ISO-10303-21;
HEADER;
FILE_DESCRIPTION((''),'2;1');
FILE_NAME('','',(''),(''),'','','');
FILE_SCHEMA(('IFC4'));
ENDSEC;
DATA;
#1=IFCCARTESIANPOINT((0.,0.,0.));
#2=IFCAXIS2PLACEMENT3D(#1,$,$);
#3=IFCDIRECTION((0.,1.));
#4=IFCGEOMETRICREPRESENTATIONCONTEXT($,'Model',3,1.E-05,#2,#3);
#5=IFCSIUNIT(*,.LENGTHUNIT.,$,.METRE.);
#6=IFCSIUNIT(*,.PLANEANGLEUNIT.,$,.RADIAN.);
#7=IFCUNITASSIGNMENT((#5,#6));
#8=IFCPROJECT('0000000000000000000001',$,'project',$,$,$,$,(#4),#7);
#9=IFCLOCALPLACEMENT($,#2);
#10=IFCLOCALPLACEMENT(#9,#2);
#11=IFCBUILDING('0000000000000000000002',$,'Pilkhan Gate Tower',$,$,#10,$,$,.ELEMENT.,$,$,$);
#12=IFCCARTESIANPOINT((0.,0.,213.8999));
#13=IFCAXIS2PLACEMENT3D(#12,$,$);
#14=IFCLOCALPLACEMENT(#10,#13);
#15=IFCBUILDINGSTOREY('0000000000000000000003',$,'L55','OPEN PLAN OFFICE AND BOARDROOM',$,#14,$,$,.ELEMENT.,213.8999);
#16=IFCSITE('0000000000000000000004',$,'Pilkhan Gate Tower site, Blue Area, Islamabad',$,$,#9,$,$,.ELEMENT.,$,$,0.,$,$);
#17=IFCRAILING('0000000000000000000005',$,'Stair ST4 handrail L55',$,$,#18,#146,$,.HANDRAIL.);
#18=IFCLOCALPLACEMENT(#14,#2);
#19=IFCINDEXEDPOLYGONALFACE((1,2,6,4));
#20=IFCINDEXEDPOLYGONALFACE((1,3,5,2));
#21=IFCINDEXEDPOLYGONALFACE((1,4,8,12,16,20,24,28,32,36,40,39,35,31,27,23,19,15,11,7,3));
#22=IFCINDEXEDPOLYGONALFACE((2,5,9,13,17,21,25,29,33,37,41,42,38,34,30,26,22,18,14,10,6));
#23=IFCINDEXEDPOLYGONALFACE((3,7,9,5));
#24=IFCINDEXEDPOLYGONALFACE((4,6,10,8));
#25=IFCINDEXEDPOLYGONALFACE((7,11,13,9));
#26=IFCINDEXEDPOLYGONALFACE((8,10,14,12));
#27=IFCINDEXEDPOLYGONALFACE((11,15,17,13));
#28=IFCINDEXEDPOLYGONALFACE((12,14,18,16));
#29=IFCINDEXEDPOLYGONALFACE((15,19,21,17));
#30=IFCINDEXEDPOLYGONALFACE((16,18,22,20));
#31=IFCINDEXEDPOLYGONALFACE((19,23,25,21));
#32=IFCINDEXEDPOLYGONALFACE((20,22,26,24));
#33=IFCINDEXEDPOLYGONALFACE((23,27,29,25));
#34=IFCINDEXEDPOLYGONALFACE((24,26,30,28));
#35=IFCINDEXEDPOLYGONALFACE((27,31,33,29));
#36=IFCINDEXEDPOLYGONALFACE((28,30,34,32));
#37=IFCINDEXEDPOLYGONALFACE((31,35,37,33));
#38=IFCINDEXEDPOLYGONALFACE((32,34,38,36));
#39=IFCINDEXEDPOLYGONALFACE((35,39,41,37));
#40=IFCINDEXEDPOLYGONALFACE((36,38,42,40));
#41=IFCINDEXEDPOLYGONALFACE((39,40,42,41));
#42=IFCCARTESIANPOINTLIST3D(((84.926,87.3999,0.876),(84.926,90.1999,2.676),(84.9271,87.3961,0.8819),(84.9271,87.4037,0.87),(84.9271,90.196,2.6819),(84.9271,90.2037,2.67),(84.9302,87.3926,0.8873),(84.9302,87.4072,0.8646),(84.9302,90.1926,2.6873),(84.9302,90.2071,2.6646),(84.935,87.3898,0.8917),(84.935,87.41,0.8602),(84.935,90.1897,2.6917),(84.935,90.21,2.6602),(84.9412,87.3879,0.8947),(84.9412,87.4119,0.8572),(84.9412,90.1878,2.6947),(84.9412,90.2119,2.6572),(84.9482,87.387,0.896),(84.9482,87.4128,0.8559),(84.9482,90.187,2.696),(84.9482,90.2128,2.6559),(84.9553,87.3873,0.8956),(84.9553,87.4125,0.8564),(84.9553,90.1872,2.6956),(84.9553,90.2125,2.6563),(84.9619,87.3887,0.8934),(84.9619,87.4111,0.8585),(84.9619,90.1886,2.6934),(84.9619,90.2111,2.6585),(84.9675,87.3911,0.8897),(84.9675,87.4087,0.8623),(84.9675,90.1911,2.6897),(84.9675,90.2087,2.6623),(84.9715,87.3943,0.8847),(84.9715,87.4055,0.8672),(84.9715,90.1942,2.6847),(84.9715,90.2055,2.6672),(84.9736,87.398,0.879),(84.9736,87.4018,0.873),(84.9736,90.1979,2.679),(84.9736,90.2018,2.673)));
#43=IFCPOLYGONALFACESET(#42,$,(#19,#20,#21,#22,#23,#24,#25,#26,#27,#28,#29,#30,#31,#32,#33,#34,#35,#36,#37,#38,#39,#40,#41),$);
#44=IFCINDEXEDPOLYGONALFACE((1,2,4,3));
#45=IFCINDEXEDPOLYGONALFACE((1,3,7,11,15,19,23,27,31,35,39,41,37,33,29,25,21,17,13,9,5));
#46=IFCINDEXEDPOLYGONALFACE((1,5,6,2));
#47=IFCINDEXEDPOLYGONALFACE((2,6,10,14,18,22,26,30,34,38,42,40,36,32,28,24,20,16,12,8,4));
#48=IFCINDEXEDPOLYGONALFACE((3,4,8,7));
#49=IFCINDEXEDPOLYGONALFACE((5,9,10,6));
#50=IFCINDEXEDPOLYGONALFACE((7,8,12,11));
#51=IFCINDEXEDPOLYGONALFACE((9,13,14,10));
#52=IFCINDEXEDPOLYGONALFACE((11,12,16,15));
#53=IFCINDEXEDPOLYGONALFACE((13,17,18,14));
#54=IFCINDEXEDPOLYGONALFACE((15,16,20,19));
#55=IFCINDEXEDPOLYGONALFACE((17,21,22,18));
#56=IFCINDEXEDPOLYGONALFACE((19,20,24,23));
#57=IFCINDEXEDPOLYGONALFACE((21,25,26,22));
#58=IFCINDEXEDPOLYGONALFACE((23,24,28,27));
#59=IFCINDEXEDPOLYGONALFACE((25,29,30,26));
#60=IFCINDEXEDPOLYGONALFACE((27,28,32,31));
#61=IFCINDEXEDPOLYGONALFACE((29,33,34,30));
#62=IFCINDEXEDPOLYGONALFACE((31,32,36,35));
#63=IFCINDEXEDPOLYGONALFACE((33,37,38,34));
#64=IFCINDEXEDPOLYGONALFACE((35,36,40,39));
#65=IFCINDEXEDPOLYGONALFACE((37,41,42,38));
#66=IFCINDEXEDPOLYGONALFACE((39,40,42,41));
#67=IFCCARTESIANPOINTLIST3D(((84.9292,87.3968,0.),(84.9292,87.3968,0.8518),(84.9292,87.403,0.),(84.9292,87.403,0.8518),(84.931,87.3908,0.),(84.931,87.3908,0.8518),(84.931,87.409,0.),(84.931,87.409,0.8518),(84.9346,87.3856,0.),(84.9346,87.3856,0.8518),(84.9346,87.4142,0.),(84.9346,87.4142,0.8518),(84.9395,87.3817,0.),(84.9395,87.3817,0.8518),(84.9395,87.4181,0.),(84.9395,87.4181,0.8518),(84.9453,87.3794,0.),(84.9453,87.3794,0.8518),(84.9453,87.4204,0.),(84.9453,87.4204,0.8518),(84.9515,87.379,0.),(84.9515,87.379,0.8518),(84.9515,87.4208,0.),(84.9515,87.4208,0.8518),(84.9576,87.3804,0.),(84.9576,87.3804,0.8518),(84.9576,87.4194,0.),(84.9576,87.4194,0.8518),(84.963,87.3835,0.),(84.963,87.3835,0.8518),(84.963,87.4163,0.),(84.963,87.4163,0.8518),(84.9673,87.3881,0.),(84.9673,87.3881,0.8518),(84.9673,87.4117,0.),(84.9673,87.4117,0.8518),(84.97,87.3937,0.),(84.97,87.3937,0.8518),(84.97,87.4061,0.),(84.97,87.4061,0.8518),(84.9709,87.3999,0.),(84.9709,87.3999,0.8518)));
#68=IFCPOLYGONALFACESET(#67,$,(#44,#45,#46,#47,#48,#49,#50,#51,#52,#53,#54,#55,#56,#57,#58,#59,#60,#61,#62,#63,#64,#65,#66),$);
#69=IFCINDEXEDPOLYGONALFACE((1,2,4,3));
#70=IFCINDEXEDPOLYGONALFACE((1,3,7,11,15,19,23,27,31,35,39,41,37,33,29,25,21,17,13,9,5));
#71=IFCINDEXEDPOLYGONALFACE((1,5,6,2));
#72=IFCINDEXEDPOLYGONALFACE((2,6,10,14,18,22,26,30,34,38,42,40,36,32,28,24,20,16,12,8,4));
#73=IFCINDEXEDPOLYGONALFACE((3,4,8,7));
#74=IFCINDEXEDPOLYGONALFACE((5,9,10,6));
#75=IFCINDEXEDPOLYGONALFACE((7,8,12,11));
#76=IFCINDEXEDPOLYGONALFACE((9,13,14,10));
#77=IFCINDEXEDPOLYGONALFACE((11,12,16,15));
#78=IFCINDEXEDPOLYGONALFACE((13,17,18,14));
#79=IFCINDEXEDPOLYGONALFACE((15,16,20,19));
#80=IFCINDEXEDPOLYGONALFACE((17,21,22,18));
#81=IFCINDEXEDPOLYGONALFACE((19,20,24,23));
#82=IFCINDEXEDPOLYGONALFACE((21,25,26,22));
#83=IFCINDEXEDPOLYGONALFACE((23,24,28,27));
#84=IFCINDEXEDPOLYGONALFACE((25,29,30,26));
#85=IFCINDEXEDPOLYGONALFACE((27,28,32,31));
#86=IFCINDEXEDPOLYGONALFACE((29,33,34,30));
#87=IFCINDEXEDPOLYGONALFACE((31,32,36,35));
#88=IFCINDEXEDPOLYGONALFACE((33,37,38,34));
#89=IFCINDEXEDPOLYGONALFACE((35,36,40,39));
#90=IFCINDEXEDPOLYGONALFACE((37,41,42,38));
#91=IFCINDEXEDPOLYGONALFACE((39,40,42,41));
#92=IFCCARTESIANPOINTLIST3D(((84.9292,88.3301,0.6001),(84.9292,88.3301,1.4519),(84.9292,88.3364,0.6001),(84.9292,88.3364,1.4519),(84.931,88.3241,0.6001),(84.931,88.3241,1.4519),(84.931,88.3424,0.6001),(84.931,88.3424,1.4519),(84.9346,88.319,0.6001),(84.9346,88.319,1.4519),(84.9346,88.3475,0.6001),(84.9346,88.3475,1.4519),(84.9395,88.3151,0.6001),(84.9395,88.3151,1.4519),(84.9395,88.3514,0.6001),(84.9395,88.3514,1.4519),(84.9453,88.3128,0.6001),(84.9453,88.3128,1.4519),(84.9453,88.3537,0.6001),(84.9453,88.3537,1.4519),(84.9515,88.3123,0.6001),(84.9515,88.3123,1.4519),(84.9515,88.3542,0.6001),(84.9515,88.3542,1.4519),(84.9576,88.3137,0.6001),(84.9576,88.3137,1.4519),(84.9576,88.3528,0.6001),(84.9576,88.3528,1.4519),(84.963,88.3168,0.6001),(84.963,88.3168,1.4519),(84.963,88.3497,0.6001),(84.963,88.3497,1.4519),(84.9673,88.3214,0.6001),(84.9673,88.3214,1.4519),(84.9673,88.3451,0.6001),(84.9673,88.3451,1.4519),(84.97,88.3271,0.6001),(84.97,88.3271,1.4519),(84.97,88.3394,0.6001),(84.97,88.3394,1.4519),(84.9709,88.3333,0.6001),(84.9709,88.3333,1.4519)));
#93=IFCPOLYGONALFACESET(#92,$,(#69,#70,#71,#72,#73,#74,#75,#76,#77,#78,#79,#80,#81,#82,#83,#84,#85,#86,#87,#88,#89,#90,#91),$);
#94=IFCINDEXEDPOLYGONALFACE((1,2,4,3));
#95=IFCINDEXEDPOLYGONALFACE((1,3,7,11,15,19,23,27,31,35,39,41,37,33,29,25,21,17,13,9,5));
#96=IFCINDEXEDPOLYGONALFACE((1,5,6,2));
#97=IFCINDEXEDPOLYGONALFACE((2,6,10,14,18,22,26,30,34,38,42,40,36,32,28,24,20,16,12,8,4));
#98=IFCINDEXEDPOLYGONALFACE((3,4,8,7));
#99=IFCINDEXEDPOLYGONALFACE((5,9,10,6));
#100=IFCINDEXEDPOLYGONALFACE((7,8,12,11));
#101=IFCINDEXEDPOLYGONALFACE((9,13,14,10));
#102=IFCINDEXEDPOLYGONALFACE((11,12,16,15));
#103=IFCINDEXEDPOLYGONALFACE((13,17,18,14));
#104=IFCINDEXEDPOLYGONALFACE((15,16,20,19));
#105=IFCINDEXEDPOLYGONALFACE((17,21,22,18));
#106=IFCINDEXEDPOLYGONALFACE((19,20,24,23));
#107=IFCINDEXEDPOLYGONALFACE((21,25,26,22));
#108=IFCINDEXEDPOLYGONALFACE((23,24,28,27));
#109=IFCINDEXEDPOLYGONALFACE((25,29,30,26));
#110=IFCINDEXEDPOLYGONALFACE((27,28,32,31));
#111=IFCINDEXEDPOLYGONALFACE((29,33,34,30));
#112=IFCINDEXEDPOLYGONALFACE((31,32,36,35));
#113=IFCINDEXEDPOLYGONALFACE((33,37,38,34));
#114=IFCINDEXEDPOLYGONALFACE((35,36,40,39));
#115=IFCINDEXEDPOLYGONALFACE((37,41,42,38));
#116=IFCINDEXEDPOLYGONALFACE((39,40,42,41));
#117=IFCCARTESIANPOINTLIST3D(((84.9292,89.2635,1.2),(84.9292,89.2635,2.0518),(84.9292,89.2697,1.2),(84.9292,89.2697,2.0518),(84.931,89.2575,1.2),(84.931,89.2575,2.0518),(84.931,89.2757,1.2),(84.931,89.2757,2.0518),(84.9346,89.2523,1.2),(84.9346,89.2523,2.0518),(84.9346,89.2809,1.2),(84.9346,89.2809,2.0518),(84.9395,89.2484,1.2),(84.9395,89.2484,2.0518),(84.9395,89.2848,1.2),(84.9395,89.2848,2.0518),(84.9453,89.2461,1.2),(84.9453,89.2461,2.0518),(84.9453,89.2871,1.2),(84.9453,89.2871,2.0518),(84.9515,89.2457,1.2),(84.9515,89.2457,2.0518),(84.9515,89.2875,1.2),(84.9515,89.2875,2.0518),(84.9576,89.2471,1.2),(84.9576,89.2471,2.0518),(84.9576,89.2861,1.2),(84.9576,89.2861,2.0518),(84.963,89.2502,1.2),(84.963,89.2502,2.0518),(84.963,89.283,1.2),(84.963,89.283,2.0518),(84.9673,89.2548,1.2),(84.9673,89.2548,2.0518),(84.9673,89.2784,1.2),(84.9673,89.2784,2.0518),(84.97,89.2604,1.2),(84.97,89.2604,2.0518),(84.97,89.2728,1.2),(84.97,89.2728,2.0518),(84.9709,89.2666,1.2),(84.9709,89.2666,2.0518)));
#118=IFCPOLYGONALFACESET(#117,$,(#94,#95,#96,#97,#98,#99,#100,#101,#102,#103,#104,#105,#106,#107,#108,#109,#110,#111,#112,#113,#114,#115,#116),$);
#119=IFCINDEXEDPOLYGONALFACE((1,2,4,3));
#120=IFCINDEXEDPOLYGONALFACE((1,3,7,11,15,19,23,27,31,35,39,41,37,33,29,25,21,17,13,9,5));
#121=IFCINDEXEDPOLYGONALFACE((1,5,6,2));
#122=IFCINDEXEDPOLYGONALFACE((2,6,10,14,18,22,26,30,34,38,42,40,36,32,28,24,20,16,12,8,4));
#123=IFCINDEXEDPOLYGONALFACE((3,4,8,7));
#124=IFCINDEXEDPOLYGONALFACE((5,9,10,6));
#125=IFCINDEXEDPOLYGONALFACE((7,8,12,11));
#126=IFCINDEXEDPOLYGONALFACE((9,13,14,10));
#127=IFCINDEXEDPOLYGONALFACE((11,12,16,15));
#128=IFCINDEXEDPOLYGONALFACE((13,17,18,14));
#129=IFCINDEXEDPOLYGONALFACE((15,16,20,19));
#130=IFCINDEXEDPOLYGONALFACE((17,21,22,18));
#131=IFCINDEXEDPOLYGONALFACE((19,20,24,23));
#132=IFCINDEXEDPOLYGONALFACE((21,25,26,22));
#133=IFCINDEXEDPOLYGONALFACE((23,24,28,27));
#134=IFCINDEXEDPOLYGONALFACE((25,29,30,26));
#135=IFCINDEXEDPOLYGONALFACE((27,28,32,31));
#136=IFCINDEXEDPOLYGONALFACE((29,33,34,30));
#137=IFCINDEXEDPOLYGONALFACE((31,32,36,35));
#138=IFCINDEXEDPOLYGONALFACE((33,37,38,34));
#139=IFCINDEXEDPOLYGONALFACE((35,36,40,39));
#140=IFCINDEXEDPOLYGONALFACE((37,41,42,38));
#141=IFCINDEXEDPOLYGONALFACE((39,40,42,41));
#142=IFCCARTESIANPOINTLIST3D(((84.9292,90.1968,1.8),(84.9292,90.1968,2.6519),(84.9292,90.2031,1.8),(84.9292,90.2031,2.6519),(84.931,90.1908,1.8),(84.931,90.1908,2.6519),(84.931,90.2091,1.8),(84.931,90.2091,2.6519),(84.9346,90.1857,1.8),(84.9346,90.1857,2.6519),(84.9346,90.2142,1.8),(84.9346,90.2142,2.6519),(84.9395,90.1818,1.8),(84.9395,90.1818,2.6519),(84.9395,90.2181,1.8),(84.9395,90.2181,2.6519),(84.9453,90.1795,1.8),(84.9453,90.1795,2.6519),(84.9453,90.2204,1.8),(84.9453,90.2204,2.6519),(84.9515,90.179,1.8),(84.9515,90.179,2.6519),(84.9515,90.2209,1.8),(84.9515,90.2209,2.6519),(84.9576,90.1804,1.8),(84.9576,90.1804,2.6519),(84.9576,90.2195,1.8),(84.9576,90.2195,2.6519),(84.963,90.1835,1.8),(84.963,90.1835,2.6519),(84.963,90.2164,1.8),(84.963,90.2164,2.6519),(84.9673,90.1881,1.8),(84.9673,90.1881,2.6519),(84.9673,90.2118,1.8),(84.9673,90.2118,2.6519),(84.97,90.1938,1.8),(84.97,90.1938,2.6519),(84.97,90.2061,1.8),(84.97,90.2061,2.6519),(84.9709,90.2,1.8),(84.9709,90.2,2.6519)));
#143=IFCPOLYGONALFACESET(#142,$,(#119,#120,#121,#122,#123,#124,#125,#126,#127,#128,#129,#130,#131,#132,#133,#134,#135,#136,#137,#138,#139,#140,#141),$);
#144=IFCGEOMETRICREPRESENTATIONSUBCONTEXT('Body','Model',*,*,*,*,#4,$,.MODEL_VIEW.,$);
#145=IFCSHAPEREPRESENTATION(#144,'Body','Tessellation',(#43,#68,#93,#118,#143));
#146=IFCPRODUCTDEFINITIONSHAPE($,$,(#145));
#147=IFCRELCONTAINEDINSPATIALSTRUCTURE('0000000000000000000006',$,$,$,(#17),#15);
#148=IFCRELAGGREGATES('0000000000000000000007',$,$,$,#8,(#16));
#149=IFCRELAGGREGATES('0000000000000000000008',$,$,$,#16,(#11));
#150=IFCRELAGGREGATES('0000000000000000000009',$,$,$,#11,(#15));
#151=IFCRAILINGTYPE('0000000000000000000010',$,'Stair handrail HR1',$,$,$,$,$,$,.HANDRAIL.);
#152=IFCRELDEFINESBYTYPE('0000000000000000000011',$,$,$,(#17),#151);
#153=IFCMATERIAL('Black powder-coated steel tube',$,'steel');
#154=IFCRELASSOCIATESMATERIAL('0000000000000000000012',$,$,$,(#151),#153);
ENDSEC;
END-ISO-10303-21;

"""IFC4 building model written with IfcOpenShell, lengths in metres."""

from ifc_helpers import new_model, si_unit, direction, frame, origin, origin_2d, place, context, subcontext, project, spatial, circle, extrude, material, type_object, element, save


model = new_model("IFC4")

# Units and contexts
model_context = context("Model", 3, precision=1e-05, world=origin(), true_north=direction((0.0, 1.0)))
body_context = subcontext(model_context, "Body", "Model", "MODEL_VIEW")
ifc_project = project(units=[si_unit("LENGTHUNIT", "METRE"), si_unit("PLANEANGLEUNIT", "RADIAN")], contexts=[model_context])

# Site, building, storey
site_placement = place(None, origin())
site = spatial("IfcSite", under=ifc_project, at=site_placement, Name="Pilkhan Gate Tower site, Blue Area, Islamabad", CompositionType="ELEMENT", RefElevation=0.0)
building_placement = place(site_placement, origin())
building = spatial("IfcBuilding", under=site, at=building_placement, Name="Pilkhan Gate Tower", CompositionType="ELEMENT")
storey_placement = place(building_placement, frame((0.0, 0.0, 213.8999)))
storey = spatial("IfcBuildingStorey", under=building, at=storey_placement, Name="L55", Description="OPEN PLAN OFFICE AND BOARDROOM", CompositionType="ELEMENT", Elevation=213.8999)

# Railing
ifc_material_1 = material(Name="Black powder-coated steel tube", Category="steel")
railing_type_1 = type_object("IfcRailingType", Name="Stair handrail HR1", PredefinedType="HANDRAIL", material=ifc_material_1)
railing_1_placement = place(storey_placement, frame((84.95, 87.3999, 0.0)))
element("IfcRailing", 1, at=railing_1_placement, inside=storey, type_object=railing_type_1, Name="Stair ST4 handrail L55", PredefinedType="HANDRAIL", context=body_context, shape_type="SweptSolid", body=[
    extrude(circle(Radius=0.0239, at=origin_2d()), frame((0.0, 0.0, 0.876), z_axis=(0.0, 0.841176, 0.540761), x_axis=(-1.0, 0.0, 0.0)), (0.0, 0.0, 1.0), 3.3286),
    extrude(circle(Radius=0.021, at=origin_2d()), origin(), (0.0, 0.0, 1.0), 0.8518),
    extrude(circle(Radius=0.021, at=origin_2d()), frame((0.0, 0.9333, 0.6001)), (0.0, 0.0, 1.0), 0.8518),
    extrude(circle(Radius=0.021, at=origin_2d()), frame((0.0, 1.8667, 1.2)), (0.0, 0.0, 1.0), 0.8518),
    extrude(circle(Radius=0.021, at=origin_2d()), frame((0.0, 2.8, 1.8)), (0.0, 0.0, 1.0), 0.8518),
])

save(model, "model.ifc")
